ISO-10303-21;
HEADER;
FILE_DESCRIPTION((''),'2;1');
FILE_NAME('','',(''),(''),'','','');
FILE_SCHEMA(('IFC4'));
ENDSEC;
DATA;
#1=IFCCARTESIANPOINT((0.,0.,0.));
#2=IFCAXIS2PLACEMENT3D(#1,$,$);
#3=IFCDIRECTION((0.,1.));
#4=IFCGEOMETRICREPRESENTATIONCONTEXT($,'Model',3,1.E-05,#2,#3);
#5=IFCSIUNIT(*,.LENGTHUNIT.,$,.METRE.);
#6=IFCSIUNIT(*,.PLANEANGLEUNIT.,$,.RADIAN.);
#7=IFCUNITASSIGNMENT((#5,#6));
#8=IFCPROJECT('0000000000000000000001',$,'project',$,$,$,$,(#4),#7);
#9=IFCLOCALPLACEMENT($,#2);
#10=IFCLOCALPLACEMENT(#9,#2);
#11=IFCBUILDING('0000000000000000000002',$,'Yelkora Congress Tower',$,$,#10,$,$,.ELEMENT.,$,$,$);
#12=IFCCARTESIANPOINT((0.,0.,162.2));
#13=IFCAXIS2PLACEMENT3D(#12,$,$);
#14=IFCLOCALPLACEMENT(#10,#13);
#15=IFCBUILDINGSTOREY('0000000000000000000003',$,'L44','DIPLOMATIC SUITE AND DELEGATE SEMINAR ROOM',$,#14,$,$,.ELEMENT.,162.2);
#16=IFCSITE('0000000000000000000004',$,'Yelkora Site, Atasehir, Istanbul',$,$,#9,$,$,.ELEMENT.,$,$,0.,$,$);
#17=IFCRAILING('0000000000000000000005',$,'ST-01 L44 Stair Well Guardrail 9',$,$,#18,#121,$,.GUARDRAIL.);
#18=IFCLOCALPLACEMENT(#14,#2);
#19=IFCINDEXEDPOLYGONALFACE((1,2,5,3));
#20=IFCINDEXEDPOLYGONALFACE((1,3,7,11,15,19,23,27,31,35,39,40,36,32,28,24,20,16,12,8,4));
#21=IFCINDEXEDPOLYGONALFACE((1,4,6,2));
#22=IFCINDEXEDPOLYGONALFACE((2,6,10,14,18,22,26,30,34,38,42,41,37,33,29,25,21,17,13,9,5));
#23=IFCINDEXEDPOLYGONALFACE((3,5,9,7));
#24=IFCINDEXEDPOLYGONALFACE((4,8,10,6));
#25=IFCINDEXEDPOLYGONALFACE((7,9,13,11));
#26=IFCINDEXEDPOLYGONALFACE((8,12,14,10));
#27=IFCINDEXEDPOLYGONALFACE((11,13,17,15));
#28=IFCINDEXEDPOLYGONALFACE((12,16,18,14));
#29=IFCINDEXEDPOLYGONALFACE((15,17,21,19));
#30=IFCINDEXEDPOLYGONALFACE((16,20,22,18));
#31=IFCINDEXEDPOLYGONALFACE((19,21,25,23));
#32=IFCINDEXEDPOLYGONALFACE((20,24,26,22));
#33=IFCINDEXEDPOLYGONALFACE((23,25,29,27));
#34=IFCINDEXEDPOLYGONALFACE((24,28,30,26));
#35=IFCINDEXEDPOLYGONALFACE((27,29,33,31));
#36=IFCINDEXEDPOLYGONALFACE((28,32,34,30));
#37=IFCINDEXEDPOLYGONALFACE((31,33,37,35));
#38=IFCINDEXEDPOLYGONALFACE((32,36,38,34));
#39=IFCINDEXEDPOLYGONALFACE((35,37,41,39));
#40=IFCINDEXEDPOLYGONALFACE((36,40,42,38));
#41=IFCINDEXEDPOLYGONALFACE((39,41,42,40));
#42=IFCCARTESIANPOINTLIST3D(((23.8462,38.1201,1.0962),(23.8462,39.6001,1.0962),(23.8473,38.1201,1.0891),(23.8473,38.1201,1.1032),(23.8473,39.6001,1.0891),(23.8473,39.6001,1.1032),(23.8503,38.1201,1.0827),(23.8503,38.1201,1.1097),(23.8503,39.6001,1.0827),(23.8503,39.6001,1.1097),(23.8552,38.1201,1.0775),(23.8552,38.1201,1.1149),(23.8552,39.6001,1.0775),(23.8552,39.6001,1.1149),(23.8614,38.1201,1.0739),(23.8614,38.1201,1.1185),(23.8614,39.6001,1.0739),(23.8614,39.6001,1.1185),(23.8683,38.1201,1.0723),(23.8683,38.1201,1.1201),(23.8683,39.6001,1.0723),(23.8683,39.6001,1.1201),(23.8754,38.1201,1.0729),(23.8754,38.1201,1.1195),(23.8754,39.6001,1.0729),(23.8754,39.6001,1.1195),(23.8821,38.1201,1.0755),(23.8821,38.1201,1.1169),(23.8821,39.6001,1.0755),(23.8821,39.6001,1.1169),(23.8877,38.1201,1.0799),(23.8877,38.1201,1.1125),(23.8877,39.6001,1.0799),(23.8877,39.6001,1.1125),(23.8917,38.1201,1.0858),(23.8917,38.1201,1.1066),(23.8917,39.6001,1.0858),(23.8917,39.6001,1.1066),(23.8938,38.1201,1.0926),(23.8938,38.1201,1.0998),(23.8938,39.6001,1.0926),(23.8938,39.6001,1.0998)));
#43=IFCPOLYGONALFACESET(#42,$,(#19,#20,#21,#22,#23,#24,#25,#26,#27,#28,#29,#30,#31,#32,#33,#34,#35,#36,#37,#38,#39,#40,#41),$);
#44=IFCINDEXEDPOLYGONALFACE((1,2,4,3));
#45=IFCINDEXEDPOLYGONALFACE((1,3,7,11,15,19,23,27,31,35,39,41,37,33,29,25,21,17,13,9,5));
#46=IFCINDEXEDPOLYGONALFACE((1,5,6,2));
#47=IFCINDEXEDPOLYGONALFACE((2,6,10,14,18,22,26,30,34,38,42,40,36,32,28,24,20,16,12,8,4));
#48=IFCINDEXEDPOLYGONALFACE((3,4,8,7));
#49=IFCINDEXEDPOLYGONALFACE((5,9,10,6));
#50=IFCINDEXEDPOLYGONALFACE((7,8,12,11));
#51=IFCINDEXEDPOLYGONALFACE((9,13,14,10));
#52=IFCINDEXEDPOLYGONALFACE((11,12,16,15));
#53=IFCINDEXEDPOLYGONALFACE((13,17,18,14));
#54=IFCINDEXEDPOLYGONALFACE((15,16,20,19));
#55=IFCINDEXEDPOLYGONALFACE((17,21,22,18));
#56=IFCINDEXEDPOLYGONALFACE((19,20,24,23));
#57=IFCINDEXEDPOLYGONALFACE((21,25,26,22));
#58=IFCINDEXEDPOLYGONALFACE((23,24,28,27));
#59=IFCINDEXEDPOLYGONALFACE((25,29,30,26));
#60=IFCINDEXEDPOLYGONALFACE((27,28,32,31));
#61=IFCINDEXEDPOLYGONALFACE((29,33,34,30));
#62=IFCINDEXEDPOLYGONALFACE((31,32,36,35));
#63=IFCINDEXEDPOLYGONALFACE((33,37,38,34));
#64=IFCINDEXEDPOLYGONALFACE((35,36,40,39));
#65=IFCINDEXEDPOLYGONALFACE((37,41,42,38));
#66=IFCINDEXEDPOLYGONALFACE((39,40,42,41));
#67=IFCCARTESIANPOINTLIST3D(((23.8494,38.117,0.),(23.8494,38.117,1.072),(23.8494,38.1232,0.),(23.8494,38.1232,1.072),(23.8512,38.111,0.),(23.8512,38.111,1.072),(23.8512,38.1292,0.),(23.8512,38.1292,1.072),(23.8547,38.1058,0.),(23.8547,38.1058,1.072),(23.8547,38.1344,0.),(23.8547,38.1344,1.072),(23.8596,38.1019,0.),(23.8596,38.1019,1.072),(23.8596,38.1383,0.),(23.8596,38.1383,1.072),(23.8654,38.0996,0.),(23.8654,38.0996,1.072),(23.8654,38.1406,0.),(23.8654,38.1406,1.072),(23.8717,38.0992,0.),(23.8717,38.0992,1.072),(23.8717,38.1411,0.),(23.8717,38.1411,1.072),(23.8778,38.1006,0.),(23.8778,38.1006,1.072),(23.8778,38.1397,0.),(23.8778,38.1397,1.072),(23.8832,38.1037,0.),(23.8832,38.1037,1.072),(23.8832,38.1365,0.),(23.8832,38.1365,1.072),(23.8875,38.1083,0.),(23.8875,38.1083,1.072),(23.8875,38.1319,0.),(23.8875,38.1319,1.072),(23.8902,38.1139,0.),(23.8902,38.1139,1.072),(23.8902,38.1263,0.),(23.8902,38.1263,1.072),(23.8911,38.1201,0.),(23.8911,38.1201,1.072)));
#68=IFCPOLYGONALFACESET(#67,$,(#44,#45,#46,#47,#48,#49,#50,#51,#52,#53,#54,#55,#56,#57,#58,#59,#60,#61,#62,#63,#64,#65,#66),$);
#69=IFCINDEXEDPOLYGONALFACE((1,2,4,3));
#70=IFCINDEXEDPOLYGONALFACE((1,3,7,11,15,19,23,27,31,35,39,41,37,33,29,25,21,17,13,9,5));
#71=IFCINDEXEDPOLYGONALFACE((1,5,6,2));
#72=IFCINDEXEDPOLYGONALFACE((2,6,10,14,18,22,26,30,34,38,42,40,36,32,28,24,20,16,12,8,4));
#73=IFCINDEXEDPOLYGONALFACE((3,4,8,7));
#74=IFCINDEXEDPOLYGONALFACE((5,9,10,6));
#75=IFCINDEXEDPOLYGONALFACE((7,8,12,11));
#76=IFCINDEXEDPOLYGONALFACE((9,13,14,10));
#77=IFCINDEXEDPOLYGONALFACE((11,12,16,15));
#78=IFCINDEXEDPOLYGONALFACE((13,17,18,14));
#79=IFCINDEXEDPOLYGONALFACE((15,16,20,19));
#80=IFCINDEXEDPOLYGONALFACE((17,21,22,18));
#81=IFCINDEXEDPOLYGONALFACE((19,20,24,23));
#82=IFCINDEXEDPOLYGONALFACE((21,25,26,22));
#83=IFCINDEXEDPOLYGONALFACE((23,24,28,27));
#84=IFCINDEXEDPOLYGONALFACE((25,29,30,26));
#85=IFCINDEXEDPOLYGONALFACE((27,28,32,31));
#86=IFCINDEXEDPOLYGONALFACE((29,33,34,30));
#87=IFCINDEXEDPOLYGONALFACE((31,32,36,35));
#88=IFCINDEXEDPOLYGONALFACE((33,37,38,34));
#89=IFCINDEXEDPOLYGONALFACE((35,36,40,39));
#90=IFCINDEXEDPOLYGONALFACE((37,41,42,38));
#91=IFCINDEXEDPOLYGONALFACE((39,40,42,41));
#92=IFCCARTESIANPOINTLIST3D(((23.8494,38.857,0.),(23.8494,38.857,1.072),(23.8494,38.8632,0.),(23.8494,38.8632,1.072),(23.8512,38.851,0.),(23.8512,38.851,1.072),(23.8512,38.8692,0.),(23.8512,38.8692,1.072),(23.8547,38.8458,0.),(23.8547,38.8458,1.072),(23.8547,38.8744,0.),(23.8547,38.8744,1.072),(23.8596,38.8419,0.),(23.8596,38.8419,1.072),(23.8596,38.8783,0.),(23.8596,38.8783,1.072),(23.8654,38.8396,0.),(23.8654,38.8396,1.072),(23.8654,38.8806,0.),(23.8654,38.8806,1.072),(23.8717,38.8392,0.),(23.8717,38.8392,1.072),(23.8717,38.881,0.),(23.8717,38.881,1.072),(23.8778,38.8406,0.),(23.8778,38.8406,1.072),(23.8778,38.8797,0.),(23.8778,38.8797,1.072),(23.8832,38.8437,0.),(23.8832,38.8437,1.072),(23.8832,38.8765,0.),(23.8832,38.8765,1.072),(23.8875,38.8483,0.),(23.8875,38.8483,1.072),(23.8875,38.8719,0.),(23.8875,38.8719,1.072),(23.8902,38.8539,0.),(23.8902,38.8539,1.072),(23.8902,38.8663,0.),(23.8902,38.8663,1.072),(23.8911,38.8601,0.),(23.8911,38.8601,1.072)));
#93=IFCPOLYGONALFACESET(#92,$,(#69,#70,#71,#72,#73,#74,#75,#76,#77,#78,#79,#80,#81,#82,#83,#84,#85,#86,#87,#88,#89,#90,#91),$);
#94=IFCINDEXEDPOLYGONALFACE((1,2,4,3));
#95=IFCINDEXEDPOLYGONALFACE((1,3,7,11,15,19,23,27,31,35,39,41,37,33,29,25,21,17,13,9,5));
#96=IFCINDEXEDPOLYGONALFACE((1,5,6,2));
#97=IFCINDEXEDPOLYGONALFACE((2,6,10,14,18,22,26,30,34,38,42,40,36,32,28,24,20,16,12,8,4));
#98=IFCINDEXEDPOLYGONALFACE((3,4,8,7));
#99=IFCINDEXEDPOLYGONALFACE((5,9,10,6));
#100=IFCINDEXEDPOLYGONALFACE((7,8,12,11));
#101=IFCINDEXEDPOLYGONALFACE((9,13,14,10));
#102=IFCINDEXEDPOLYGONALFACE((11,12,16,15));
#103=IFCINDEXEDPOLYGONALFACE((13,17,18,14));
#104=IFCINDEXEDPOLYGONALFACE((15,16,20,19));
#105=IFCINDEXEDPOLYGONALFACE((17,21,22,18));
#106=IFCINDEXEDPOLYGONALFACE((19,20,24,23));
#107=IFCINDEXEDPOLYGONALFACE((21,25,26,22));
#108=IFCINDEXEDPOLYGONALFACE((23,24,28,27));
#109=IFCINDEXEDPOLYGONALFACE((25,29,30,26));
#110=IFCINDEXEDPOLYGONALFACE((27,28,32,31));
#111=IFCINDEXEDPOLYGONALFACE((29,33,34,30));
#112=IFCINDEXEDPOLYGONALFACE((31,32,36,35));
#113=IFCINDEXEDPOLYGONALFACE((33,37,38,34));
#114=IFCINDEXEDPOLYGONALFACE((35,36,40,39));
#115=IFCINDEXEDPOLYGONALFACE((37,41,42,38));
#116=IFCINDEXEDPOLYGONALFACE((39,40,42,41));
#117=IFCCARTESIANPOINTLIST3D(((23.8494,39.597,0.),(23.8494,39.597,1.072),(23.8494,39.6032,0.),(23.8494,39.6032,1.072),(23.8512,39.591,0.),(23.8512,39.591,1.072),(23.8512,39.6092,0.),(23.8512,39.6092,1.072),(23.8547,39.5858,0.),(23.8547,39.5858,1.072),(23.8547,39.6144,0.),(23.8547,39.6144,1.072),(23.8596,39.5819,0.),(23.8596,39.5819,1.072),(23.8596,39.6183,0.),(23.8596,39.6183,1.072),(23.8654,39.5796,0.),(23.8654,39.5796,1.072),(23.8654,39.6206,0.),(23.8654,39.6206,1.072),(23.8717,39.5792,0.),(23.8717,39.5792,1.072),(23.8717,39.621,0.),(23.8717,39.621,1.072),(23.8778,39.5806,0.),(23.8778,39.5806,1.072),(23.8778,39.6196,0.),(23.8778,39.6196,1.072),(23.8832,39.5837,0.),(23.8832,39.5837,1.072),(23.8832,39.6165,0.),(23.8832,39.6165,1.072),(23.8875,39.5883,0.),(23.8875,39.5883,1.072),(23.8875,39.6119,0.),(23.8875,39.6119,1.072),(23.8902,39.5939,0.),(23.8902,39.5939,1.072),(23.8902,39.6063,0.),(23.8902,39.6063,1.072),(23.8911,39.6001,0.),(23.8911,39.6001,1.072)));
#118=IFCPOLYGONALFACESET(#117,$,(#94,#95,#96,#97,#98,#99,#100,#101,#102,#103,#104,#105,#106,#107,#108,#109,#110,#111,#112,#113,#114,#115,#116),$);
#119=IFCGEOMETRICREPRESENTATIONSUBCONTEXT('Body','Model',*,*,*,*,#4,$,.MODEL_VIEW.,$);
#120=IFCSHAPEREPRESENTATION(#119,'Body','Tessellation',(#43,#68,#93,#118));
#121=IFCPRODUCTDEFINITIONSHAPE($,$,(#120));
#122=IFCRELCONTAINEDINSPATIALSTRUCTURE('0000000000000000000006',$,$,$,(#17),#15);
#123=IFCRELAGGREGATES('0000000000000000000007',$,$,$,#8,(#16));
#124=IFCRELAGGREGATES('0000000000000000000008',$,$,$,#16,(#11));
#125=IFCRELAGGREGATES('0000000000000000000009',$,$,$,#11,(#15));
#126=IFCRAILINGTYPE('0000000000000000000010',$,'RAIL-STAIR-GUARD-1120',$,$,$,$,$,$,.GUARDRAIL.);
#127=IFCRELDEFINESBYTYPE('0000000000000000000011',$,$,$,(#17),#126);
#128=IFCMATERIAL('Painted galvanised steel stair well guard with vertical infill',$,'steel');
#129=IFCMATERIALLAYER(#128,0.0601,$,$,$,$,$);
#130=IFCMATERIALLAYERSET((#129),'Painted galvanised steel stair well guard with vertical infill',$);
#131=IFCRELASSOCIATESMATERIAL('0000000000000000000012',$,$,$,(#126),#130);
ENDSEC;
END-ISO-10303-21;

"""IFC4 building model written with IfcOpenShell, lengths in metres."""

from ifc_helpers import new_model, si_unit, direction, frame, origin, origin_2d, place, context, subcontext, project, spatial, circle, extrude, material, layer, layer_set, type_object, element, save


model = new_model("IFC4")

# Units and contexts
model_context = context("Model", 3, precision=1e-05, world=origin(), true_north=direction((0.0, 1.0)))
body_context = subcontext(model_context, "Body", "Model", "MODEL_VIEW")
ifc_project = project(units=[si_unit("LENGTHUNIT", "METRE"), si_unit("PLANEANGLEUNIT", "RADIAN")], contexts=[model_context])

# Site, building, storey
site_placement = place(None, origin())
site = spatial("IfcSite", under=ifc_project, at=site_placement, Name="Yelkora Site, Atasehir, Istanbul", CompositionType="ELEMENT", RefElevation=0.0)
building_placement = place(site_placement, origin())
building = spatial("IfcBuilding", under=site, at=building_placement, Name="Yelkora Congress Tower", CompositionType="ELEMENT")
storey_placement = place(building_placement, frame((0.0, 0.0, 162.2)))
storey = spatial("IfcBuildingStorey", under=building, at=storey_placement, Name="L44", Description="DIPLOMATIC SUITE AND DELEGATE SEMINAR ROOM", CompositionType="ELEMENT", Elevation=162.2)

# Railing
ifc_material_1 = material(Name="Painted galvanised steel stair well guard with vertical infill", Category="steel")
ifc_layer_1 = layer(ifc_material_1, 0.0601)
ifc_layer_set_1 = layer_set([ifc_layer_1], Name="Painted galvanised steel stair well guard with vertical infill")
railing_type_1 = type_object("IfcRailingType", Name="RAIL-STAIR-GUARD-1120", PredefinedType="GUARDRAIL", material=ifc_layer_set_1)
for number, where, name in (
    (1, (23.8701, 38.1201, 0.0), "ST-01 L44 Stair Well Guardrail 9"),
):
    element("IfcRailing", number, at=place(storey_placement, frame(where)), inside=storey, type_object=railing_type_1, Name=name, PredefinedType="GUARDRAIL", context=body_context, shape_type="SweptSolid", body=[
        extrude(circle(Radius=0.0239, at=origin_2d()), frame((0.0, 0.0, 1.0962), z_axis=(0.0, 1.0, 0.0), x_axis=(-1.0, 0.0, 0.0)), (0.0, 0.0, 1.0), 1.48),
        extrude(circle(Radius=0.021, at=origin_2d()), origin(), (0.0, 0.0, 1.0), 1.072),
        extrude(circle(Radius=0.021, at=origin_2d()), frame((0.0, 0.74, 0.0)), (0.0, 0.0, 1.0), 1.072),
        extrude(circle(Radius=0.021, at=origin_2d()), frame((0.0, 1.48, 0.0)), (0.0, 0.0, 1.0), 1.072),
    ])

save(model, "model.ifc")
